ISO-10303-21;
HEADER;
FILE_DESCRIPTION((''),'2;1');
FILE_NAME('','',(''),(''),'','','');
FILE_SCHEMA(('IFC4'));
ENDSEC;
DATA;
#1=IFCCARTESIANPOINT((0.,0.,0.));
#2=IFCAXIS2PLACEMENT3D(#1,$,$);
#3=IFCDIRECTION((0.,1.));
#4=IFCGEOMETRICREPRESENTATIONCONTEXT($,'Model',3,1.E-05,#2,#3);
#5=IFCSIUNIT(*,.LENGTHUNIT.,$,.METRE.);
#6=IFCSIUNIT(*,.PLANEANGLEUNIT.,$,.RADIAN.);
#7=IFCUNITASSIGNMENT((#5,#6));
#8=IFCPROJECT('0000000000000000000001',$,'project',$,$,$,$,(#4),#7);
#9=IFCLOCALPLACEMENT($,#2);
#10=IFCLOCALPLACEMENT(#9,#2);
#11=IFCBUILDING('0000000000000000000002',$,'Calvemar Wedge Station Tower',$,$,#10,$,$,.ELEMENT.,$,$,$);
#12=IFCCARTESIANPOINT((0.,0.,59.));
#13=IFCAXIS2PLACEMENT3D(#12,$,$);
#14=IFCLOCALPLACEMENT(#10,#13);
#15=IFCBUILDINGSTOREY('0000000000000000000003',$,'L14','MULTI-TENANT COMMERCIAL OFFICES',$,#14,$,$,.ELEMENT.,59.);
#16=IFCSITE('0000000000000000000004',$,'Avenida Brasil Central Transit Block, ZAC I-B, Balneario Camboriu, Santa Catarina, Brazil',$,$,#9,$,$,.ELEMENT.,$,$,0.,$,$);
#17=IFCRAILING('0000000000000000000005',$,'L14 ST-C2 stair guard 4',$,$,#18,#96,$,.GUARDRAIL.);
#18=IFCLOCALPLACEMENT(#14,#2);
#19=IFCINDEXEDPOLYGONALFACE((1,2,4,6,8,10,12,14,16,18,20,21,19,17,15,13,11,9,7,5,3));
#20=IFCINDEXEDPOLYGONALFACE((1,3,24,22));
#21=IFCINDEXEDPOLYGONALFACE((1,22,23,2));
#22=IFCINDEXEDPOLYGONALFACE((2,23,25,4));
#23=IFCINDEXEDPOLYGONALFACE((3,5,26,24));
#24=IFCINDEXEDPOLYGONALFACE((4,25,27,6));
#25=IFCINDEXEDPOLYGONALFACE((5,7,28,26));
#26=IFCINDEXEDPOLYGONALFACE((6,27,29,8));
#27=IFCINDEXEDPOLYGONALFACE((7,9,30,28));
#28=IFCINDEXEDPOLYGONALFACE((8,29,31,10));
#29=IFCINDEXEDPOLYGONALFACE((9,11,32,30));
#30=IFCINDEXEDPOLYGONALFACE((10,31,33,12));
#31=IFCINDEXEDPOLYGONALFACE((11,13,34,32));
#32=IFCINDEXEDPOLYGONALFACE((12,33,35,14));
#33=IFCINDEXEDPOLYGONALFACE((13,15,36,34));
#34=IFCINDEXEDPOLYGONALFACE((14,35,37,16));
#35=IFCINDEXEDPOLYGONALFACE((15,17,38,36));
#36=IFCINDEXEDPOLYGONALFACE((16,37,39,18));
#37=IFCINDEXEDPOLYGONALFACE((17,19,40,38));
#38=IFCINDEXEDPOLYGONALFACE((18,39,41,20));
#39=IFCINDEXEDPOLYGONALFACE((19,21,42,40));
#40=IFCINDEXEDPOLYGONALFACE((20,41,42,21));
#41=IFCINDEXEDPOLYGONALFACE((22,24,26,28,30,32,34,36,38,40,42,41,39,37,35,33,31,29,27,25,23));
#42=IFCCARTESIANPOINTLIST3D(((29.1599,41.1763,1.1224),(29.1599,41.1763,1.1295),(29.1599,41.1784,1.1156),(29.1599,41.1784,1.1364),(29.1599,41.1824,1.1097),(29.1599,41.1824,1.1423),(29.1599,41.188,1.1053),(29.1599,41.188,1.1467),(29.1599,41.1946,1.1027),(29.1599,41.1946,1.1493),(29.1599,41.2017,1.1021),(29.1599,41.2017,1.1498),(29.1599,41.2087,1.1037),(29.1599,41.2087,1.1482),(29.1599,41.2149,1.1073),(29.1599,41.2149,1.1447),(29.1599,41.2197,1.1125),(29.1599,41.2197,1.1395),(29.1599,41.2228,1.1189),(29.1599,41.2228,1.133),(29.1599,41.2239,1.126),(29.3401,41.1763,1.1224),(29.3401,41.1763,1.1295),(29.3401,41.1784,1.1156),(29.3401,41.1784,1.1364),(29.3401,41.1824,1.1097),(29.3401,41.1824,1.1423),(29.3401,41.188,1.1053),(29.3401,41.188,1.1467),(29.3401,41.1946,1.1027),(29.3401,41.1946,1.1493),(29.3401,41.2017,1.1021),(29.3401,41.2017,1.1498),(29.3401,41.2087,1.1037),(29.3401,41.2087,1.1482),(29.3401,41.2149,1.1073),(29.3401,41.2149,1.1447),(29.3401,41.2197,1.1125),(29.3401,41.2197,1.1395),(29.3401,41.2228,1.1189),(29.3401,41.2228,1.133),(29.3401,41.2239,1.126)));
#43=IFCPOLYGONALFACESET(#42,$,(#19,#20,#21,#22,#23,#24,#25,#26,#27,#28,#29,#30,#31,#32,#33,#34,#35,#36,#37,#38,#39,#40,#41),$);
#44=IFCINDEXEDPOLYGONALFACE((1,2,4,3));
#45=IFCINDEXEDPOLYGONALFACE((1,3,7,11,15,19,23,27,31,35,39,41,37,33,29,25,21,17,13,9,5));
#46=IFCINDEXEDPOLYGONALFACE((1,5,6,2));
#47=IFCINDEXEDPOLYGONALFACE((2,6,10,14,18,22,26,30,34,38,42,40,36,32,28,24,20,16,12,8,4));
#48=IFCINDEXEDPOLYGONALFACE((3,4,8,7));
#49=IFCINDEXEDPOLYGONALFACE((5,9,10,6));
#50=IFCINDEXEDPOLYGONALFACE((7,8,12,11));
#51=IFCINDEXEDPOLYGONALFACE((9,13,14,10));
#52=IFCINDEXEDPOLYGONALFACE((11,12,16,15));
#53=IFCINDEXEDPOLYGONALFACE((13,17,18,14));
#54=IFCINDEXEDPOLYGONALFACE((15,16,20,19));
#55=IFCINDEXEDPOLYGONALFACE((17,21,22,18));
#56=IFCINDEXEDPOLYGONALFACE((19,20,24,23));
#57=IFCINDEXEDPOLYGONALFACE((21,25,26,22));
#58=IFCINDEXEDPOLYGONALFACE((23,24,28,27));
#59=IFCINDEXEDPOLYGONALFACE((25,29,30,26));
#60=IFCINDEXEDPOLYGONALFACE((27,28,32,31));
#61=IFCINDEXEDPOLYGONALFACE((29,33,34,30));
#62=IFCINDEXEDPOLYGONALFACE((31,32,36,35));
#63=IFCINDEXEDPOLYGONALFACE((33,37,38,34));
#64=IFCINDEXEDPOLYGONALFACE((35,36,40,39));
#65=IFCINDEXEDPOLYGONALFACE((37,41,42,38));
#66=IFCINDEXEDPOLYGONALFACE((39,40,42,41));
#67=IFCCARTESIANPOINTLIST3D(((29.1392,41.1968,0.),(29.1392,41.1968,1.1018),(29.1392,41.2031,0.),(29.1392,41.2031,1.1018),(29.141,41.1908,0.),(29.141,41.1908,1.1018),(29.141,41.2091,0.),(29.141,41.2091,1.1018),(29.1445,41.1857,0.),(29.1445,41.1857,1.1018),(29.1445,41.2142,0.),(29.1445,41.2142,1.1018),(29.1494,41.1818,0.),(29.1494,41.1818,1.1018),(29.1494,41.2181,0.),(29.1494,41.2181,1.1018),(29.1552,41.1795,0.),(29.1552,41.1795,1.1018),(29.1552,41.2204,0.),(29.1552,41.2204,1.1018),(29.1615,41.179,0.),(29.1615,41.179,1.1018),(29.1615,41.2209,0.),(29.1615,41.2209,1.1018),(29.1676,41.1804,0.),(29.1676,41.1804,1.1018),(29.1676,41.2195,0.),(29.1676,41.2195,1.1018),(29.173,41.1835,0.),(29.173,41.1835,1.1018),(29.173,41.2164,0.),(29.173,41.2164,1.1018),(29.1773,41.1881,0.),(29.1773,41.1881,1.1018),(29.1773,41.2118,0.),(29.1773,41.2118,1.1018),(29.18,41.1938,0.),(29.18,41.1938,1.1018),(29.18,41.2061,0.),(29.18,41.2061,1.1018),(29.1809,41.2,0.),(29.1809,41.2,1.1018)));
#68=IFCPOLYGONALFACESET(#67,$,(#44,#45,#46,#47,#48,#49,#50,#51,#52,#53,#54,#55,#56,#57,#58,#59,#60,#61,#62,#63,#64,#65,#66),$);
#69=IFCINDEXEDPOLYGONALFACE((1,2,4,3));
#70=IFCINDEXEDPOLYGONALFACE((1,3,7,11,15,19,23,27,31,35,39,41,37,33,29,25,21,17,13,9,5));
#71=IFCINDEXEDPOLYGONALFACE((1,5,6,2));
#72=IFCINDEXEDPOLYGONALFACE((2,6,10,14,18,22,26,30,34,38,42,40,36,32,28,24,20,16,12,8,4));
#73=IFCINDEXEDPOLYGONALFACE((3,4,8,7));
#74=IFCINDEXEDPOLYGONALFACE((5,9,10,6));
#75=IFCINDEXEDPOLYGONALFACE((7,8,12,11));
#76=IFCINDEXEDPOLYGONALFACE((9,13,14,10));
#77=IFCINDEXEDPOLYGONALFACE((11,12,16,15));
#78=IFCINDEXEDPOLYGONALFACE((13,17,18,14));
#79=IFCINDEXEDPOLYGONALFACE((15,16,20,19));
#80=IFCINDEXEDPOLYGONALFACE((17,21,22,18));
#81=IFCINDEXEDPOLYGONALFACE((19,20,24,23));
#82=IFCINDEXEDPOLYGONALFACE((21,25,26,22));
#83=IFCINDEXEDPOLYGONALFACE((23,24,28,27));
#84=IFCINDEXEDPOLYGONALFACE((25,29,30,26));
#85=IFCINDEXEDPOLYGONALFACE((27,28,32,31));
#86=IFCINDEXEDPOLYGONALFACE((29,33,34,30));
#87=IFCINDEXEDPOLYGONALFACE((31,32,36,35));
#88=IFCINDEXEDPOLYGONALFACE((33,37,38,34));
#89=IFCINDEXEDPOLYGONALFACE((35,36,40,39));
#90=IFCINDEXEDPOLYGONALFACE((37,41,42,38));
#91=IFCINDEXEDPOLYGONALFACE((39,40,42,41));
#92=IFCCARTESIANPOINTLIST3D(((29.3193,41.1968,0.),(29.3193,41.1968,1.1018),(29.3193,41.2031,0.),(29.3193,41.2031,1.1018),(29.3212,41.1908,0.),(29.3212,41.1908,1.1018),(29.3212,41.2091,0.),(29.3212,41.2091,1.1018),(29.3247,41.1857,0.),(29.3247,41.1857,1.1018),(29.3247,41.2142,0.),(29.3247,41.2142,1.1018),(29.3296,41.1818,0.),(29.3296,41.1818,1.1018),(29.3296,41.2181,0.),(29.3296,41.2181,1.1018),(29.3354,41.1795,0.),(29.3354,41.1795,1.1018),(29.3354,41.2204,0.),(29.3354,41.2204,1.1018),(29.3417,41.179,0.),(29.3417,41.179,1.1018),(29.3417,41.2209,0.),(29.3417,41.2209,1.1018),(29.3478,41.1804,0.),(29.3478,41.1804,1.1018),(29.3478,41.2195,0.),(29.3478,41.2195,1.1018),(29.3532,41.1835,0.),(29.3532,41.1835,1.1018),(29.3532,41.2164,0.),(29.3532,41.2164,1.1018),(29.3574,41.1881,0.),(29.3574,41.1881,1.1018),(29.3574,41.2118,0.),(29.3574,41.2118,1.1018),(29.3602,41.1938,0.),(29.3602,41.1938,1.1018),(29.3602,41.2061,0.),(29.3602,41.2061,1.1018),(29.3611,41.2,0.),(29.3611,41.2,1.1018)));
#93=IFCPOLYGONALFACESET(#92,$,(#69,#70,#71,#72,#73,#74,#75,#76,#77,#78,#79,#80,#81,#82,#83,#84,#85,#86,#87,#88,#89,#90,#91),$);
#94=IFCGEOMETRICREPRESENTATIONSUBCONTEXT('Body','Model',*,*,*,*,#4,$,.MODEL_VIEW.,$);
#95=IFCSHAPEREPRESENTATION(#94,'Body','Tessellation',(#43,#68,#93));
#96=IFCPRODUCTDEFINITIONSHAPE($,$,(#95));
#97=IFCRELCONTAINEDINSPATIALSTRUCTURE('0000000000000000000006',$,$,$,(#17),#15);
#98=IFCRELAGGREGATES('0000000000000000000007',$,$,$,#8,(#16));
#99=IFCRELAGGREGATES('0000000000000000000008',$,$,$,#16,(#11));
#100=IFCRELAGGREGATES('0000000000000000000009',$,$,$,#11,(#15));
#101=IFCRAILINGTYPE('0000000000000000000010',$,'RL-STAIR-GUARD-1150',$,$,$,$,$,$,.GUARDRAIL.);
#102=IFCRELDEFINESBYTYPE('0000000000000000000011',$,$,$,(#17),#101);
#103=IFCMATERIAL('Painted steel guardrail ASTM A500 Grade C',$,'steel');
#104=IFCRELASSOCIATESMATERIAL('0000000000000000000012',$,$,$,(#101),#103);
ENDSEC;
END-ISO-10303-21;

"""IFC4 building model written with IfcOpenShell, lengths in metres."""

from ifc_helpers import new_model, si_unit, direction, frame, origin, origin_2d, place, context, subcontext, project, spatial, circle, extrude, material, type_object, element, save


model = new_model("IFC4")

# Units and contexts
model_context = context("Model", 3, precision=1e-05, world=origin(), true_north=direction((0.0, 1.0)))
body_context = subcontext(model_context, "Body", "Model", "MODEL_VIEW")
ifc_project = project(units=[si_unit("LENGTHUNIT", "METRE"), si_unit("PLANEANGLEUNIT", "RADIAN")], contexts=[model_context])

# Site, building, storey
site_placement = place(None, origin())
site = spatial("IfcSite", under=ifc_project, at=site_placement, Name="Avenida Brasil Central Transit Block, ZAC I-B, Balneario Camboriu, Santa Catarina, Brazil", CompositionType="ELEMENT", RefElevation=0.0)
building_placement = place(site_placement, origin())
building = spatial("IfcBuilding", under=site, at=building_placement, Name="Calvemar Wedge Station Tower", CompositionType="ELEMENT")
storey_placement = place(building_placement, frame((0.0, 0.0, 59.0)))
storey = spatial("IfcBuildingStorey", under=building, at=storey_placement, Name="L14", Description="MULTI-TENANT COMMERCIAL OFFICES", CompositionType="ELEMENT", Elevation=59.0)

# Railing
ifc_material_1 = material(Name="Painted steel guardrail ASTM A500 Grade C", Category="steel")
railing_type_1 = type_object("IfcRailingType", Name="RL-STAIR-GUARD-1150", PredefinedType="GUARDRAIL", material=ifc_material_1)
railing_1_placement = place(storey_placement, frame((29.1599, 41.2, 0.0)))
element("IfcRailing", 1, at=railing_1_placement, inside=storey, type_object=railing_type_1, Name="L14 ST-C2 stair guard 4", PredefinedType="GUARDRAIL", context=body_context, shape_type="SweptSolid", body=[
    extrude(circle(Radius=0.0239, at=origin_2d()), frame((0.0, 0.0, 1.126), z_axis=(1.0, 0.0, 0.0), x_axis=(0.0, 1.0, 0.0)), (0.0, 0.0, 1.0), 0.1802),
    extrude(circle(Radius=0.021, at=origin_2d()), origin(), (0.0, 0.0, 1.0), 1.1018),
    extrude(circle(Radius=0.021, at=origin_2d()), frame((0.1802, 0.0, 0.0)), (0.0, 0.0, 1.0), 1.1018),
])

save(model, "model.ifc")
